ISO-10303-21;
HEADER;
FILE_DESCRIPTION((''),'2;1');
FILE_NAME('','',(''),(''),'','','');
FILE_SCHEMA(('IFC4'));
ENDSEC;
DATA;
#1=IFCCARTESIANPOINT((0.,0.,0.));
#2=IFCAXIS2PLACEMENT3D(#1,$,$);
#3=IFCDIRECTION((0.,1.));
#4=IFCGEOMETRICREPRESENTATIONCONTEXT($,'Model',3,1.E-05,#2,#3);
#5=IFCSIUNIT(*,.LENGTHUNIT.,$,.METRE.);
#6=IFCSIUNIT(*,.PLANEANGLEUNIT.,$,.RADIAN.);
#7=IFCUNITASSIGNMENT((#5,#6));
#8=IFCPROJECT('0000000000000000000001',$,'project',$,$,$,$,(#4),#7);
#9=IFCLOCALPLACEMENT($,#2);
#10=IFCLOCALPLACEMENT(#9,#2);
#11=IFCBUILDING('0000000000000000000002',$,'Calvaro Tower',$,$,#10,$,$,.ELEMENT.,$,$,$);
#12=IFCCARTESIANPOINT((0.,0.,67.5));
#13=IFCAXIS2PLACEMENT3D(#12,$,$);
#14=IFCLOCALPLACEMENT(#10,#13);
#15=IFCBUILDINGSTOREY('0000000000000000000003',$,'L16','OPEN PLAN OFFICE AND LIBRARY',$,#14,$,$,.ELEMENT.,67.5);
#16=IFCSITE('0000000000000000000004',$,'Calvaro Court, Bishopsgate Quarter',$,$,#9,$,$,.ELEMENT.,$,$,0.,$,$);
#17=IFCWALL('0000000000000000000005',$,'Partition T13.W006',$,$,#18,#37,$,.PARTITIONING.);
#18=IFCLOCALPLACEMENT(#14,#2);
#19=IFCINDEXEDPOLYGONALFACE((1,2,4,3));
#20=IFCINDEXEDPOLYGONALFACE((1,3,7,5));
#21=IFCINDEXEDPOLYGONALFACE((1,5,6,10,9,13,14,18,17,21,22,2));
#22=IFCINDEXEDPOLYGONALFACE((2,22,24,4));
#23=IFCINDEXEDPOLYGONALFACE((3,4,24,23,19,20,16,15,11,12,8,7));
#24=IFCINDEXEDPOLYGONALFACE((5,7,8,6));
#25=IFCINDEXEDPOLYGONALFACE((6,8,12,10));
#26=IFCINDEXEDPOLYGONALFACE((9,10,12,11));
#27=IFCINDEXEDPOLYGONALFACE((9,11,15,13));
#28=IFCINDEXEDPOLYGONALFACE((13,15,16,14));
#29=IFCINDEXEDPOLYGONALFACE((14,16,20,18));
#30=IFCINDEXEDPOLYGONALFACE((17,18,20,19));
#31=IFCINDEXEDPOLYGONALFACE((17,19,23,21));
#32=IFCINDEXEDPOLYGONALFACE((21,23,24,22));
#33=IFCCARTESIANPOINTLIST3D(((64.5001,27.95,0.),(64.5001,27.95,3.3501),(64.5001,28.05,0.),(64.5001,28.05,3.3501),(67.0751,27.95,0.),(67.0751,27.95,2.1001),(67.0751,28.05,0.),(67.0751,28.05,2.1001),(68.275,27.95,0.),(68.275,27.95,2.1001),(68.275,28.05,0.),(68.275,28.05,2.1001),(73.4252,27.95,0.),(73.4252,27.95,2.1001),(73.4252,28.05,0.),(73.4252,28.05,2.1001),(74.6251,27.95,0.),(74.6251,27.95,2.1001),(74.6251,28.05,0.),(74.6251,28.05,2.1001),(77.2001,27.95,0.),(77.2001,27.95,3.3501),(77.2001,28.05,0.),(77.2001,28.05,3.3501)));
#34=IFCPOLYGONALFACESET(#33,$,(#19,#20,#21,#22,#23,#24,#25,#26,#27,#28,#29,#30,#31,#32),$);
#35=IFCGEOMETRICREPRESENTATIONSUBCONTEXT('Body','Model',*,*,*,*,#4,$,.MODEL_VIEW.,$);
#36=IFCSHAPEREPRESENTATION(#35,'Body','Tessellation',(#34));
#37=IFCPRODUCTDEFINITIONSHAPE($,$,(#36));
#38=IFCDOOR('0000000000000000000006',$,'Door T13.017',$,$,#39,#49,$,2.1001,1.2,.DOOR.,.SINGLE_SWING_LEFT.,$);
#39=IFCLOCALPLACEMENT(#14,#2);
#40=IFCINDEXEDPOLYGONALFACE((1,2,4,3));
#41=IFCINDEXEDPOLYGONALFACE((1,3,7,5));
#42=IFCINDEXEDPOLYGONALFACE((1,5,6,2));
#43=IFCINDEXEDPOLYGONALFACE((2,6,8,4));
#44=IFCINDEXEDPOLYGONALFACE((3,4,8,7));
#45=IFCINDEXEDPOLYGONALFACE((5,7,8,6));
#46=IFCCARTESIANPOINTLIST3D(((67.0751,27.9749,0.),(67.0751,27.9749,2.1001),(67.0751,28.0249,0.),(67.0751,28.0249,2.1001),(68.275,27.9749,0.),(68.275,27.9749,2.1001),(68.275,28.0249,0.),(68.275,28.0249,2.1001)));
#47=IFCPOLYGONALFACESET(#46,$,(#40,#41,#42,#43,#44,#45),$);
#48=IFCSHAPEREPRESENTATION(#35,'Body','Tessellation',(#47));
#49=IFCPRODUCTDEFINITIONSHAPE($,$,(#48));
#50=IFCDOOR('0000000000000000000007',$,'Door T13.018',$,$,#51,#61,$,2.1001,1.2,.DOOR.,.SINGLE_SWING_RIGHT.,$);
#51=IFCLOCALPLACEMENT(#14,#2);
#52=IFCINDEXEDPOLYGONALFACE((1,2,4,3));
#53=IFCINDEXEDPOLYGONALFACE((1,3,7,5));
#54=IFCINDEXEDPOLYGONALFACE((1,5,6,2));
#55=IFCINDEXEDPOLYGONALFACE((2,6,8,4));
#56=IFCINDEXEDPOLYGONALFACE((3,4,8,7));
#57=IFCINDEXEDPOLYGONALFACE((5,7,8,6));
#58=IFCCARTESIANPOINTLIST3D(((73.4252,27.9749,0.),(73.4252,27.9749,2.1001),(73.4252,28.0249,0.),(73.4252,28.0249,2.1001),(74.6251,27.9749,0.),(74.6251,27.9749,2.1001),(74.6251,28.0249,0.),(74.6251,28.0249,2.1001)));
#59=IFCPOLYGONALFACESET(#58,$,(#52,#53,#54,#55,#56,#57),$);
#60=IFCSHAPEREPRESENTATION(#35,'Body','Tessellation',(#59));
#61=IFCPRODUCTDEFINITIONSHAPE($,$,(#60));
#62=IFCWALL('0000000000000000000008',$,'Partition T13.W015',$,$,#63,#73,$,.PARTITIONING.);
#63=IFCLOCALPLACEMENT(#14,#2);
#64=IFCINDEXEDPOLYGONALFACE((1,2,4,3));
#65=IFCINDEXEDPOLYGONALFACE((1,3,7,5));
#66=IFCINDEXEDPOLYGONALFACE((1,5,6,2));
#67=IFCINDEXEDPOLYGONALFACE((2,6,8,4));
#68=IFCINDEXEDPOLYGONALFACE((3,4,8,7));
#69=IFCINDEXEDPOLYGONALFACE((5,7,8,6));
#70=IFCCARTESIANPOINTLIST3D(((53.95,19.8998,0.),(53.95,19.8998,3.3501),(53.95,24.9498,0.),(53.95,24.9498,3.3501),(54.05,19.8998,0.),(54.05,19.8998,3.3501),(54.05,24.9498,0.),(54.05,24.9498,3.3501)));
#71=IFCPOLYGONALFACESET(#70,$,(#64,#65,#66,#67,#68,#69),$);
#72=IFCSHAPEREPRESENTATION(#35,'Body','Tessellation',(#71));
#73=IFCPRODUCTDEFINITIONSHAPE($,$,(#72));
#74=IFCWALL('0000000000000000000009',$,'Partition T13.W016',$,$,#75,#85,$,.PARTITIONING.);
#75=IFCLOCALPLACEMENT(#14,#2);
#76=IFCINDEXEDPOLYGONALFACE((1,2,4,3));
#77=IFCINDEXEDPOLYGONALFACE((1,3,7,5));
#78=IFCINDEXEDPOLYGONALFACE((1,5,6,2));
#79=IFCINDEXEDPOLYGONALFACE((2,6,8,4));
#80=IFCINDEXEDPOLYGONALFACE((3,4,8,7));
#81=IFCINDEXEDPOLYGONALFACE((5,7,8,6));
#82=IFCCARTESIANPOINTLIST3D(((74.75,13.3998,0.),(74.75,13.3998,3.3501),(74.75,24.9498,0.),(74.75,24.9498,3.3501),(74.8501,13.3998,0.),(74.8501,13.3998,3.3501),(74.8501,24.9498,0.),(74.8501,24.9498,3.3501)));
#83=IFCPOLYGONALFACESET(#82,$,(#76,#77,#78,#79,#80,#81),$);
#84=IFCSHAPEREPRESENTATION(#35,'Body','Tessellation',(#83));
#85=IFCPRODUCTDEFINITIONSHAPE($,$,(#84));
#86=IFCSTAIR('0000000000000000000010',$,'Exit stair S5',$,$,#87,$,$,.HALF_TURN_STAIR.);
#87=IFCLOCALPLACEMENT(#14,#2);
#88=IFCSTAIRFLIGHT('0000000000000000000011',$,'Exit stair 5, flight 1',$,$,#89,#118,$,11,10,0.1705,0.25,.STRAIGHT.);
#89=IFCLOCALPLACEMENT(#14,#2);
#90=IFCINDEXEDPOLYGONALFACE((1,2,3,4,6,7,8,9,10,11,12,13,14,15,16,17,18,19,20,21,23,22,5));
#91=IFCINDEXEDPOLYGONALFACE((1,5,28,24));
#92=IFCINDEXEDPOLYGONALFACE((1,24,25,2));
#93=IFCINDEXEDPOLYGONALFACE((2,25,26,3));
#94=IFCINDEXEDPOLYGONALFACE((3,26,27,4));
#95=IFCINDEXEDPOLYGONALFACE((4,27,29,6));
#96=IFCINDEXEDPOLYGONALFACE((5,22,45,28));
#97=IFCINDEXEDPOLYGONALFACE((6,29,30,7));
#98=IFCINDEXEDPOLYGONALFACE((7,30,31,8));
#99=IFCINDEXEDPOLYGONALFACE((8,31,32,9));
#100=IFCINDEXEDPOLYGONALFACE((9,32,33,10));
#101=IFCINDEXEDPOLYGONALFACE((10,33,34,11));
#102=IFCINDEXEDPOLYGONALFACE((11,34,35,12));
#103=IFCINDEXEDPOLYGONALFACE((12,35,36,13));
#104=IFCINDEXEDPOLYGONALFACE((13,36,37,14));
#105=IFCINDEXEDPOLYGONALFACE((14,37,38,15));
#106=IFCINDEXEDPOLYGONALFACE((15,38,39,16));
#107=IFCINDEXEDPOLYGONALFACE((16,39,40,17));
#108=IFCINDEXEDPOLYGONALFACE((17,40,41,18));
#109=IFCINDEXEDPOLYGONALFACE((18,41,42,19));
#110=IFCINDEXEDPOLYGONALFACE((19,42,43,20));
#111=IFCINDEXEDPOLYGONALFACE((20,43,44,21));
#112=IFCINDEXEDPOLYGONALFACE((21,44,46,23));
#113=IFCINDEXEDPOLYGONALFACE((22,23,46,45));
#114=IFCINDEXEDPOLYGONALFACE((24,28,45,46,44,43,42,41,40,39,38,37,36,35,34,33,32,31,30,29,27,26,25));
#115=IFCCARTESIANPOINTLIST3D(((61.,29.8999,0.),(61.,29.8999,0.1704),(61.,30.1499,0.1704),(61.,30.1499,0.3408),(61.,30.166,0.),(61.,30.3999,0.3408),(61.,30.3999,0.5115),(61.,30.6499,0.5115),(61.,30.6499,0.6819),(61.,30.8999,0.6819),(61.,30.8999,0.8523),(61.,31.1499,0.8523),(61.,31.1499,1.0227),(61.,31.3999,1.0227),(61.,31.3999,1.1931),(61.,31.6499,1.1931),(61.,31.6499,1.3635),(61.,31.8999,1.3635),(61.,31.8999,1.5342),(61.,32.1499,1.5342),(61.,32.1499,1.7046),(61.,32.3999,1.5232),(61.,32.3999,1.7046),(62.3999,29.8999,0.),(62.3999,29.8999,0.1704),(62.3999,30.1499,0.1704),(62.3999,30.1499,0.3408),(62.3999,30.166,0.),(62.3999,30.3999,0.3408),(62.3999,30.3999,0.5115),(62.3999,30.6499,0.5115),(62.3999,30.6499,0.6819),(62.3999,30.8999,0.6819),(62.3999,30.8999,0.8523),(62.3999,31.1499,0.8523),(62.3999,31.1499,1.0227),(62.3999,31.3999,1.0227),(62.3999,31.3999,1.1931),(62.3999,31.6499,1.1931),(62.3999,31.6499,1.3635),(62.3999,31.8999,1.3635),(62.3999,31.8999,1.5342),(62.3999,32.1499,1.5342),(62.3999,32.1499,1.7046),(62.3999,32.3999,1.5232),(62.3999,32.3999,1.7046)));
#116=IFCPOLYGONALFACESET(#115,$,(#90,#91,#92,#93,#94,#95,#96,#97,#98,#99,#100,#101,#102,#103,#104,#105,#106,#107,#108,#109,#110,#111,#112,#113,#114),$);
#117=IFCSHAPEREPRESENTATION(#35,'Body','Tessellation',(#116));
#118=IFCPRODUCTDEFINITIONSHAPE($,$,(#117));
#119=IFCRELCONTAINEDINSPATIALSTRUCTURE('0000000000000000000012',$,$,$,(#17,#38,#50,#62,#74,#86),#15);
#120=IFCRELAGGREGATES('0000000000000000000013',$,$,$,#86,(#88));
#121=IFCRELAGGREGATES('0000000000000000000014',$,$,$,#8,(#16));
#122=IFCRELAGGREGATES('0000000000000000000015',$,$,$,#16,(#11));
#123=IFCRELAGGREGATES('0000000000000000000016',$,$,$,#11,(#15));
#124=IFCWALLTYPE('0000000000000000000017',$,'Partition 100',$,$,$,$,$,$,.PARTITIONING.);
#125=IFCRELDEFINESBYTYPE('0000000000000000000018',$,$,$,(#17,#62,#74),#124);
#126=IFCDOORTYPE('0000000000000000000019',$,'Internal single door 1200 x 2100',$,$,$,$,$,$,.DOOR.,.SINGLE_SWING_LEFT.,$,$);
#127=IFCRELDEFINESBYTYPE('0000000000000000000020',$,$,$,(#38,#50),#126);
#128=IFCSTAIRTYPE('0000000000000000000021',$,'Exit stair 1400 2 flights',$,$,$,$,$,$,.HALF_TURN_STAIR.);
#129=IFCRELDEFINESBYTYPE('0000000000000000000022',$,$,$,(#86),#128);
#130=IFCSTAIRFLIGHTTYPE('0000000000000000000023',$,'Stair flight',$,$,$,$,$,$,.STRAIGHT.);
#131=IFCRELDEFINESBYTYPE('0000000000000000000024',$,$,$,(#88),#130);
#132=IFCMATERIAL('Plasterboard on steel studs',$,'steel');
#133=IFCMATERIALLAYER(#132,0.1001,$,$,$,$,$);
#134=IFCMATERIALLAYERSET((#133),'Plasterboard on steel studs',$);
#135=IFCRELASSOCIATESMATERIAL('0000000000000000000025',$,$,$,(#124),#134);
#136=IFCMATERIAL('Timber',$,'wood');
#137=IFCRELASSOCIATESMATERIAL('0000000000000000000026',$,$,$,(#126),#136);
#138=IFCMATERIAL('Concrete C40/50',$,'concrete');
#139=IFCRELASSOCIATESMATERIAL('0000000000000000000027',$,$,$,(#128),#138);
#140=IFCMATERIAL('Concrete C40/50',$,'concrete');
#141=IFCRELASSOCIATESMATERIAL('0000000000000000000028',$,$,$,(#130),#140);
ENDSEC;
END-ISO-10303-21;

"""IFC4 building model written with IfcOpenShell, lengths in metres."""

from ifc_helpers import new_model, si_unit, direction, frame, frame_2d, origin, place, context, subcontext, project, spatial, polyline, rectangle, outline, extrude, material, layer, layer_set, type_object, element, fill, aggregate, save


model = new_model("IFC4")

# Units and contexts
model_context = context("Model", 3, precision=1e-05, world=origin(), true_north=direction((0.0, 1.0)))
body_context = subcontext(model_context, "Body", "Model", "MODEL_VIEW")
ifc_project = project(units=[si_unit("LENGTHUNIT", "METRE"), si_unit("PLANEANGLEUNIT", "RADIAN")], contexts=[model_context])

# Site, building, storey
site_placement = place(None, origin())
site = spatial("IfcSite", under=ifc_project, at=site_placement, Name="Calvaro Court, Bishopsgate Quarter", CompositionType="ELEMENT", RefElevation=0.0)
building_placement = place(site_placement, origin())
building = spatial("IfcBuilding", under=site, at=building_placement, Name="Calvaro Tower", CompositionType="ELEMENT")
storey_placement = place(building_placement, frame((0.0, 0.0, 67.5)))
storey = spatial("IfcBuildingStorey", under=building, at=storey_placement, Name="L16", Description="OPEN PLAN OFFICE AND LIBRARY", CompositionType="ELEMENT", Elevation=67.5)

# Wall, openings, doors
ifc_material_1 = material(Name="Plasterboard on steel studs", Category="steel")
ifc_layer_1 = layer(ifc_material_1, 0.1001)
ifc_layer_set_1 = layer_set([ifc_layer_1], Name="Plasterboard on steel studs")
wall_type_1 = type_object("IfcWallType", Name="Partition 100", PredefinedType="PARTITIONING", material=ifc_layer_set_1)
wall_1_placement = place(storey_placement, frame((64.5, 28.0, 0.0), z_axis=(0.0, 0.0, 1.0), x_axis=(1.0, 0.0, 0.0)))
wall_1 = element("IfcWall", 1, at=wall_1_placement, inside=storey, type_object=wall_type_1, Name="Partition T13.W006", PredefinedType="PARTITIONING", context=body_context, shape_type="SweptSolid", body=[
    extrude(rectangle(XDim=12.7, YDim=0.1001, at=frame_2d((6.3501, 0.0))), origin(), (0.0, 0.0, 1.0), 3.3501),
])
opening_1_placement = place(wall_1_placement, frame((2.575, 0.0, 0.0)))
opening_1 = element("IfcOpeningElement", 2, at=opening_1_placement, cuts=wall_1, PredefinedType="OPENING", context=body_context, shape_type="SweptSolid", body=[
    extrude(rectangle(XDim=1.2, YDim=2.1001, at=frame_2d((0.6001, 1.05))), frame((0.0, 0.0601, 0.0), z_axis=(0.0, -1.0, 0.0), x_axis=(1.0, 0.0, 0.0)), (0.0, 0.0, 1.0), 0.1201),
])
opening_2_placement = place(wall_1_placement, frame((8.925, 0.0, 0.0)))
opening_2 = element("IfcOpeningElement", 3, at=opening_2_placement, cuts=wall_1, PredefinedType="OPENING", context=body_context, shape_type="SweptSolid", body=[
    extrude(rectangle(XDim=1.2, YDim=2.1001, at=frame_2d((0.6001, 1.05))), frame((0.0, 0.0601, 0.0), z_axis=(0.0, -1.0, 0.0), x_axis=(1.0, 0.0, 0.0)), (0.0, 0.0, 1.0), 0.1201),
])
ifc_material_2 = material(Name="Timber", Category="wood")
door_type_1 = type_object("IfcDoorType", Name="Internal single door 1200 x 2100", OperationType="SINGLE_SWING_LEFT", PredefinedType="DOOR", material=ifc_material_2)
door_1_placement = place(opening_1_placement, origin())
door_1 = element("IfcDoor", 4, at=door_1_placement, inside=storey, type_object=door_type_1, Name="Door T13.017", OperationType="SINGLE_SWING_LEFT", OverallHeight=2.1001, OverallWidth=1.2, PredefinedType="DOOR", context=body_context, shape_type="SweptSolid", body=[
    extrude(rectangle(XDim=1.2, YDim=2.1001, at=frame_2d((0.6001, 1.05))), frame((0.0, 0.0249, 0.0), z_axis=(0.0, -1.0, 0.0), x_axis=(1.0, 0.0, 0.0)), (0.0, 0.0, 1.0), 0.05),
])
fill(opening_1, door_1)
door_2_placement = place(opening_2_placement, origin())
door_2 = element("IfcDoor", 5, at=door_2_placement, inside=storey, type_object=door_type_1, Name="Door T13.018", OperationType="SINGLE_SWING_RIGHT", OverallHeight=2.1001, OverallWidth=1.2, PredefinedType="DOOR", context=body_context, shape_type="SweptSolid", body=[
    extrude(rectangle(XDim=1.2, YDim=2.1001, at=frame_2d((0.6001, 1.05))), frame((0.0, 0.0249, 0.0), z_axis=(0.0, -1.0, 0.0), x_axis=(1.0, 0.0, 0.0)), (0.0, 0.0, 1.0), 0.05),
])
fill(opening_2, door_2)

# Walls
wall_2_placement = place(storey_placement, frame((54.0, 19.8999, 0.0), z_axis=(0.0, 0.0, 1.0), x_axis=(0.0, 1.0, 0.0)))
element("IfcWall", 6, at=wall_2_placement, inside=storey, type_object=wall_type_1, Name="Partition T13.W015", PredefinedType="PARTITIONING", context=body_context, shape_type="SweptSolid", body=[
    extrude(rectangle(XDim=5.05, YDim=0.1001, at=frame_2d((2.5249, 0.0))), origin(), (0.0, 0.0, 1.0), 3.3501),
])
wall_3_placement = place(storey_placement, frame((74.8, 13.3999, 0.0), z_axis=(0.0, 0.0, 1.0), x_axis=(0.0, 1.0, 0.0)))
element("IfcWall", 7, at=wall_3_placement, inside=storey, type_object=wall_type_1, Name="Partition T13.W016", PredefinedType="PARTITIONING", context=body_context, shape_type="SweptSolid", body=[
    extrude(rectangle(XDim=11.55, YDim=0.1001, at=frame_2d((5.7749, 0.0))), origin(), (0.0, 0.0, 1.0), 3.3501),
])

# Stair, stair flight
ifc_material_3 = material(Name="Concrete C40/50", Category="concrete")
stair_type = type_object("IfcStairType", Name="Exit stair 1400 2 flights", PredefinedType="HALF_TURN_STAIR", material=ifc_material_3)
stair_placement = place(storey_placement, origin())
stair = element("IfcStair", 8, at=stair_placement, inside=storey, type_object=stair_type, Name="Exit stair S5", PredefinedType="HALF_TURN_STAIR")
ifc_material_4 = material(Name="Concrete C40/50", Category="concrete")
stair_flight_type = type_object("IfcStairFlightType", Name="Stair flight", PredefinedType="STRAIGHT", material=ifc_material_4)
stair_flight_placement = place(storey_placement, frame((61.7, 29.8999, 0.0), z_axis=(0.0, 0.0, 1.0), x_axis=(0.0, 1.0, 0.0)))
stair_flight = element("IfcStairFlight", 9, at=stair_flight_placement, type_object=stair_flight_type, Name="Exit stair 5, flight 1", NumberOfRisers=11, NumberOfTreads=10, PredefinedType="STRAIGHT", RiserHeight=0.1705, TreadLength=0.25, context=body_context, shape_type="SweptSolid", body=[
    extrude(outline(polyline([(0.0, 0.0), (0.0, 0.1704), (0.25, 0.1704), (0.25, 0.3408), (0.5, 0.3408), (0.5, 0.5115), (0.75, 0.5115), (0.75, 0.6819), (1.0, 0.6819), (1.0, 0.8523), (1.25, 0.8523), (1.25, 1.0227), (1.5, 1.0227), (1.5, 1.1931), (1.75, 1.1931), (1.75, 1.3635), (2.0, 1.3635), (2.0, 1.5342), (2.25, 1.5342), (2.25, 1.7046), (2.5, 1.7046), (2.5, 1.875), (2.5, 1.5232), (0.2661, 0.0), (0.0, 0.0)])), frame((0.0, 0.7, 0.0), z_axis=(0.0, -1.0, 0.0), x_axis=(1.0, 0.0, 0.0)), (0.0, 0.0, 1.0), 1.3999),
])
aggregate(stair, [stair_flight])

save(model, "model.ifc")
